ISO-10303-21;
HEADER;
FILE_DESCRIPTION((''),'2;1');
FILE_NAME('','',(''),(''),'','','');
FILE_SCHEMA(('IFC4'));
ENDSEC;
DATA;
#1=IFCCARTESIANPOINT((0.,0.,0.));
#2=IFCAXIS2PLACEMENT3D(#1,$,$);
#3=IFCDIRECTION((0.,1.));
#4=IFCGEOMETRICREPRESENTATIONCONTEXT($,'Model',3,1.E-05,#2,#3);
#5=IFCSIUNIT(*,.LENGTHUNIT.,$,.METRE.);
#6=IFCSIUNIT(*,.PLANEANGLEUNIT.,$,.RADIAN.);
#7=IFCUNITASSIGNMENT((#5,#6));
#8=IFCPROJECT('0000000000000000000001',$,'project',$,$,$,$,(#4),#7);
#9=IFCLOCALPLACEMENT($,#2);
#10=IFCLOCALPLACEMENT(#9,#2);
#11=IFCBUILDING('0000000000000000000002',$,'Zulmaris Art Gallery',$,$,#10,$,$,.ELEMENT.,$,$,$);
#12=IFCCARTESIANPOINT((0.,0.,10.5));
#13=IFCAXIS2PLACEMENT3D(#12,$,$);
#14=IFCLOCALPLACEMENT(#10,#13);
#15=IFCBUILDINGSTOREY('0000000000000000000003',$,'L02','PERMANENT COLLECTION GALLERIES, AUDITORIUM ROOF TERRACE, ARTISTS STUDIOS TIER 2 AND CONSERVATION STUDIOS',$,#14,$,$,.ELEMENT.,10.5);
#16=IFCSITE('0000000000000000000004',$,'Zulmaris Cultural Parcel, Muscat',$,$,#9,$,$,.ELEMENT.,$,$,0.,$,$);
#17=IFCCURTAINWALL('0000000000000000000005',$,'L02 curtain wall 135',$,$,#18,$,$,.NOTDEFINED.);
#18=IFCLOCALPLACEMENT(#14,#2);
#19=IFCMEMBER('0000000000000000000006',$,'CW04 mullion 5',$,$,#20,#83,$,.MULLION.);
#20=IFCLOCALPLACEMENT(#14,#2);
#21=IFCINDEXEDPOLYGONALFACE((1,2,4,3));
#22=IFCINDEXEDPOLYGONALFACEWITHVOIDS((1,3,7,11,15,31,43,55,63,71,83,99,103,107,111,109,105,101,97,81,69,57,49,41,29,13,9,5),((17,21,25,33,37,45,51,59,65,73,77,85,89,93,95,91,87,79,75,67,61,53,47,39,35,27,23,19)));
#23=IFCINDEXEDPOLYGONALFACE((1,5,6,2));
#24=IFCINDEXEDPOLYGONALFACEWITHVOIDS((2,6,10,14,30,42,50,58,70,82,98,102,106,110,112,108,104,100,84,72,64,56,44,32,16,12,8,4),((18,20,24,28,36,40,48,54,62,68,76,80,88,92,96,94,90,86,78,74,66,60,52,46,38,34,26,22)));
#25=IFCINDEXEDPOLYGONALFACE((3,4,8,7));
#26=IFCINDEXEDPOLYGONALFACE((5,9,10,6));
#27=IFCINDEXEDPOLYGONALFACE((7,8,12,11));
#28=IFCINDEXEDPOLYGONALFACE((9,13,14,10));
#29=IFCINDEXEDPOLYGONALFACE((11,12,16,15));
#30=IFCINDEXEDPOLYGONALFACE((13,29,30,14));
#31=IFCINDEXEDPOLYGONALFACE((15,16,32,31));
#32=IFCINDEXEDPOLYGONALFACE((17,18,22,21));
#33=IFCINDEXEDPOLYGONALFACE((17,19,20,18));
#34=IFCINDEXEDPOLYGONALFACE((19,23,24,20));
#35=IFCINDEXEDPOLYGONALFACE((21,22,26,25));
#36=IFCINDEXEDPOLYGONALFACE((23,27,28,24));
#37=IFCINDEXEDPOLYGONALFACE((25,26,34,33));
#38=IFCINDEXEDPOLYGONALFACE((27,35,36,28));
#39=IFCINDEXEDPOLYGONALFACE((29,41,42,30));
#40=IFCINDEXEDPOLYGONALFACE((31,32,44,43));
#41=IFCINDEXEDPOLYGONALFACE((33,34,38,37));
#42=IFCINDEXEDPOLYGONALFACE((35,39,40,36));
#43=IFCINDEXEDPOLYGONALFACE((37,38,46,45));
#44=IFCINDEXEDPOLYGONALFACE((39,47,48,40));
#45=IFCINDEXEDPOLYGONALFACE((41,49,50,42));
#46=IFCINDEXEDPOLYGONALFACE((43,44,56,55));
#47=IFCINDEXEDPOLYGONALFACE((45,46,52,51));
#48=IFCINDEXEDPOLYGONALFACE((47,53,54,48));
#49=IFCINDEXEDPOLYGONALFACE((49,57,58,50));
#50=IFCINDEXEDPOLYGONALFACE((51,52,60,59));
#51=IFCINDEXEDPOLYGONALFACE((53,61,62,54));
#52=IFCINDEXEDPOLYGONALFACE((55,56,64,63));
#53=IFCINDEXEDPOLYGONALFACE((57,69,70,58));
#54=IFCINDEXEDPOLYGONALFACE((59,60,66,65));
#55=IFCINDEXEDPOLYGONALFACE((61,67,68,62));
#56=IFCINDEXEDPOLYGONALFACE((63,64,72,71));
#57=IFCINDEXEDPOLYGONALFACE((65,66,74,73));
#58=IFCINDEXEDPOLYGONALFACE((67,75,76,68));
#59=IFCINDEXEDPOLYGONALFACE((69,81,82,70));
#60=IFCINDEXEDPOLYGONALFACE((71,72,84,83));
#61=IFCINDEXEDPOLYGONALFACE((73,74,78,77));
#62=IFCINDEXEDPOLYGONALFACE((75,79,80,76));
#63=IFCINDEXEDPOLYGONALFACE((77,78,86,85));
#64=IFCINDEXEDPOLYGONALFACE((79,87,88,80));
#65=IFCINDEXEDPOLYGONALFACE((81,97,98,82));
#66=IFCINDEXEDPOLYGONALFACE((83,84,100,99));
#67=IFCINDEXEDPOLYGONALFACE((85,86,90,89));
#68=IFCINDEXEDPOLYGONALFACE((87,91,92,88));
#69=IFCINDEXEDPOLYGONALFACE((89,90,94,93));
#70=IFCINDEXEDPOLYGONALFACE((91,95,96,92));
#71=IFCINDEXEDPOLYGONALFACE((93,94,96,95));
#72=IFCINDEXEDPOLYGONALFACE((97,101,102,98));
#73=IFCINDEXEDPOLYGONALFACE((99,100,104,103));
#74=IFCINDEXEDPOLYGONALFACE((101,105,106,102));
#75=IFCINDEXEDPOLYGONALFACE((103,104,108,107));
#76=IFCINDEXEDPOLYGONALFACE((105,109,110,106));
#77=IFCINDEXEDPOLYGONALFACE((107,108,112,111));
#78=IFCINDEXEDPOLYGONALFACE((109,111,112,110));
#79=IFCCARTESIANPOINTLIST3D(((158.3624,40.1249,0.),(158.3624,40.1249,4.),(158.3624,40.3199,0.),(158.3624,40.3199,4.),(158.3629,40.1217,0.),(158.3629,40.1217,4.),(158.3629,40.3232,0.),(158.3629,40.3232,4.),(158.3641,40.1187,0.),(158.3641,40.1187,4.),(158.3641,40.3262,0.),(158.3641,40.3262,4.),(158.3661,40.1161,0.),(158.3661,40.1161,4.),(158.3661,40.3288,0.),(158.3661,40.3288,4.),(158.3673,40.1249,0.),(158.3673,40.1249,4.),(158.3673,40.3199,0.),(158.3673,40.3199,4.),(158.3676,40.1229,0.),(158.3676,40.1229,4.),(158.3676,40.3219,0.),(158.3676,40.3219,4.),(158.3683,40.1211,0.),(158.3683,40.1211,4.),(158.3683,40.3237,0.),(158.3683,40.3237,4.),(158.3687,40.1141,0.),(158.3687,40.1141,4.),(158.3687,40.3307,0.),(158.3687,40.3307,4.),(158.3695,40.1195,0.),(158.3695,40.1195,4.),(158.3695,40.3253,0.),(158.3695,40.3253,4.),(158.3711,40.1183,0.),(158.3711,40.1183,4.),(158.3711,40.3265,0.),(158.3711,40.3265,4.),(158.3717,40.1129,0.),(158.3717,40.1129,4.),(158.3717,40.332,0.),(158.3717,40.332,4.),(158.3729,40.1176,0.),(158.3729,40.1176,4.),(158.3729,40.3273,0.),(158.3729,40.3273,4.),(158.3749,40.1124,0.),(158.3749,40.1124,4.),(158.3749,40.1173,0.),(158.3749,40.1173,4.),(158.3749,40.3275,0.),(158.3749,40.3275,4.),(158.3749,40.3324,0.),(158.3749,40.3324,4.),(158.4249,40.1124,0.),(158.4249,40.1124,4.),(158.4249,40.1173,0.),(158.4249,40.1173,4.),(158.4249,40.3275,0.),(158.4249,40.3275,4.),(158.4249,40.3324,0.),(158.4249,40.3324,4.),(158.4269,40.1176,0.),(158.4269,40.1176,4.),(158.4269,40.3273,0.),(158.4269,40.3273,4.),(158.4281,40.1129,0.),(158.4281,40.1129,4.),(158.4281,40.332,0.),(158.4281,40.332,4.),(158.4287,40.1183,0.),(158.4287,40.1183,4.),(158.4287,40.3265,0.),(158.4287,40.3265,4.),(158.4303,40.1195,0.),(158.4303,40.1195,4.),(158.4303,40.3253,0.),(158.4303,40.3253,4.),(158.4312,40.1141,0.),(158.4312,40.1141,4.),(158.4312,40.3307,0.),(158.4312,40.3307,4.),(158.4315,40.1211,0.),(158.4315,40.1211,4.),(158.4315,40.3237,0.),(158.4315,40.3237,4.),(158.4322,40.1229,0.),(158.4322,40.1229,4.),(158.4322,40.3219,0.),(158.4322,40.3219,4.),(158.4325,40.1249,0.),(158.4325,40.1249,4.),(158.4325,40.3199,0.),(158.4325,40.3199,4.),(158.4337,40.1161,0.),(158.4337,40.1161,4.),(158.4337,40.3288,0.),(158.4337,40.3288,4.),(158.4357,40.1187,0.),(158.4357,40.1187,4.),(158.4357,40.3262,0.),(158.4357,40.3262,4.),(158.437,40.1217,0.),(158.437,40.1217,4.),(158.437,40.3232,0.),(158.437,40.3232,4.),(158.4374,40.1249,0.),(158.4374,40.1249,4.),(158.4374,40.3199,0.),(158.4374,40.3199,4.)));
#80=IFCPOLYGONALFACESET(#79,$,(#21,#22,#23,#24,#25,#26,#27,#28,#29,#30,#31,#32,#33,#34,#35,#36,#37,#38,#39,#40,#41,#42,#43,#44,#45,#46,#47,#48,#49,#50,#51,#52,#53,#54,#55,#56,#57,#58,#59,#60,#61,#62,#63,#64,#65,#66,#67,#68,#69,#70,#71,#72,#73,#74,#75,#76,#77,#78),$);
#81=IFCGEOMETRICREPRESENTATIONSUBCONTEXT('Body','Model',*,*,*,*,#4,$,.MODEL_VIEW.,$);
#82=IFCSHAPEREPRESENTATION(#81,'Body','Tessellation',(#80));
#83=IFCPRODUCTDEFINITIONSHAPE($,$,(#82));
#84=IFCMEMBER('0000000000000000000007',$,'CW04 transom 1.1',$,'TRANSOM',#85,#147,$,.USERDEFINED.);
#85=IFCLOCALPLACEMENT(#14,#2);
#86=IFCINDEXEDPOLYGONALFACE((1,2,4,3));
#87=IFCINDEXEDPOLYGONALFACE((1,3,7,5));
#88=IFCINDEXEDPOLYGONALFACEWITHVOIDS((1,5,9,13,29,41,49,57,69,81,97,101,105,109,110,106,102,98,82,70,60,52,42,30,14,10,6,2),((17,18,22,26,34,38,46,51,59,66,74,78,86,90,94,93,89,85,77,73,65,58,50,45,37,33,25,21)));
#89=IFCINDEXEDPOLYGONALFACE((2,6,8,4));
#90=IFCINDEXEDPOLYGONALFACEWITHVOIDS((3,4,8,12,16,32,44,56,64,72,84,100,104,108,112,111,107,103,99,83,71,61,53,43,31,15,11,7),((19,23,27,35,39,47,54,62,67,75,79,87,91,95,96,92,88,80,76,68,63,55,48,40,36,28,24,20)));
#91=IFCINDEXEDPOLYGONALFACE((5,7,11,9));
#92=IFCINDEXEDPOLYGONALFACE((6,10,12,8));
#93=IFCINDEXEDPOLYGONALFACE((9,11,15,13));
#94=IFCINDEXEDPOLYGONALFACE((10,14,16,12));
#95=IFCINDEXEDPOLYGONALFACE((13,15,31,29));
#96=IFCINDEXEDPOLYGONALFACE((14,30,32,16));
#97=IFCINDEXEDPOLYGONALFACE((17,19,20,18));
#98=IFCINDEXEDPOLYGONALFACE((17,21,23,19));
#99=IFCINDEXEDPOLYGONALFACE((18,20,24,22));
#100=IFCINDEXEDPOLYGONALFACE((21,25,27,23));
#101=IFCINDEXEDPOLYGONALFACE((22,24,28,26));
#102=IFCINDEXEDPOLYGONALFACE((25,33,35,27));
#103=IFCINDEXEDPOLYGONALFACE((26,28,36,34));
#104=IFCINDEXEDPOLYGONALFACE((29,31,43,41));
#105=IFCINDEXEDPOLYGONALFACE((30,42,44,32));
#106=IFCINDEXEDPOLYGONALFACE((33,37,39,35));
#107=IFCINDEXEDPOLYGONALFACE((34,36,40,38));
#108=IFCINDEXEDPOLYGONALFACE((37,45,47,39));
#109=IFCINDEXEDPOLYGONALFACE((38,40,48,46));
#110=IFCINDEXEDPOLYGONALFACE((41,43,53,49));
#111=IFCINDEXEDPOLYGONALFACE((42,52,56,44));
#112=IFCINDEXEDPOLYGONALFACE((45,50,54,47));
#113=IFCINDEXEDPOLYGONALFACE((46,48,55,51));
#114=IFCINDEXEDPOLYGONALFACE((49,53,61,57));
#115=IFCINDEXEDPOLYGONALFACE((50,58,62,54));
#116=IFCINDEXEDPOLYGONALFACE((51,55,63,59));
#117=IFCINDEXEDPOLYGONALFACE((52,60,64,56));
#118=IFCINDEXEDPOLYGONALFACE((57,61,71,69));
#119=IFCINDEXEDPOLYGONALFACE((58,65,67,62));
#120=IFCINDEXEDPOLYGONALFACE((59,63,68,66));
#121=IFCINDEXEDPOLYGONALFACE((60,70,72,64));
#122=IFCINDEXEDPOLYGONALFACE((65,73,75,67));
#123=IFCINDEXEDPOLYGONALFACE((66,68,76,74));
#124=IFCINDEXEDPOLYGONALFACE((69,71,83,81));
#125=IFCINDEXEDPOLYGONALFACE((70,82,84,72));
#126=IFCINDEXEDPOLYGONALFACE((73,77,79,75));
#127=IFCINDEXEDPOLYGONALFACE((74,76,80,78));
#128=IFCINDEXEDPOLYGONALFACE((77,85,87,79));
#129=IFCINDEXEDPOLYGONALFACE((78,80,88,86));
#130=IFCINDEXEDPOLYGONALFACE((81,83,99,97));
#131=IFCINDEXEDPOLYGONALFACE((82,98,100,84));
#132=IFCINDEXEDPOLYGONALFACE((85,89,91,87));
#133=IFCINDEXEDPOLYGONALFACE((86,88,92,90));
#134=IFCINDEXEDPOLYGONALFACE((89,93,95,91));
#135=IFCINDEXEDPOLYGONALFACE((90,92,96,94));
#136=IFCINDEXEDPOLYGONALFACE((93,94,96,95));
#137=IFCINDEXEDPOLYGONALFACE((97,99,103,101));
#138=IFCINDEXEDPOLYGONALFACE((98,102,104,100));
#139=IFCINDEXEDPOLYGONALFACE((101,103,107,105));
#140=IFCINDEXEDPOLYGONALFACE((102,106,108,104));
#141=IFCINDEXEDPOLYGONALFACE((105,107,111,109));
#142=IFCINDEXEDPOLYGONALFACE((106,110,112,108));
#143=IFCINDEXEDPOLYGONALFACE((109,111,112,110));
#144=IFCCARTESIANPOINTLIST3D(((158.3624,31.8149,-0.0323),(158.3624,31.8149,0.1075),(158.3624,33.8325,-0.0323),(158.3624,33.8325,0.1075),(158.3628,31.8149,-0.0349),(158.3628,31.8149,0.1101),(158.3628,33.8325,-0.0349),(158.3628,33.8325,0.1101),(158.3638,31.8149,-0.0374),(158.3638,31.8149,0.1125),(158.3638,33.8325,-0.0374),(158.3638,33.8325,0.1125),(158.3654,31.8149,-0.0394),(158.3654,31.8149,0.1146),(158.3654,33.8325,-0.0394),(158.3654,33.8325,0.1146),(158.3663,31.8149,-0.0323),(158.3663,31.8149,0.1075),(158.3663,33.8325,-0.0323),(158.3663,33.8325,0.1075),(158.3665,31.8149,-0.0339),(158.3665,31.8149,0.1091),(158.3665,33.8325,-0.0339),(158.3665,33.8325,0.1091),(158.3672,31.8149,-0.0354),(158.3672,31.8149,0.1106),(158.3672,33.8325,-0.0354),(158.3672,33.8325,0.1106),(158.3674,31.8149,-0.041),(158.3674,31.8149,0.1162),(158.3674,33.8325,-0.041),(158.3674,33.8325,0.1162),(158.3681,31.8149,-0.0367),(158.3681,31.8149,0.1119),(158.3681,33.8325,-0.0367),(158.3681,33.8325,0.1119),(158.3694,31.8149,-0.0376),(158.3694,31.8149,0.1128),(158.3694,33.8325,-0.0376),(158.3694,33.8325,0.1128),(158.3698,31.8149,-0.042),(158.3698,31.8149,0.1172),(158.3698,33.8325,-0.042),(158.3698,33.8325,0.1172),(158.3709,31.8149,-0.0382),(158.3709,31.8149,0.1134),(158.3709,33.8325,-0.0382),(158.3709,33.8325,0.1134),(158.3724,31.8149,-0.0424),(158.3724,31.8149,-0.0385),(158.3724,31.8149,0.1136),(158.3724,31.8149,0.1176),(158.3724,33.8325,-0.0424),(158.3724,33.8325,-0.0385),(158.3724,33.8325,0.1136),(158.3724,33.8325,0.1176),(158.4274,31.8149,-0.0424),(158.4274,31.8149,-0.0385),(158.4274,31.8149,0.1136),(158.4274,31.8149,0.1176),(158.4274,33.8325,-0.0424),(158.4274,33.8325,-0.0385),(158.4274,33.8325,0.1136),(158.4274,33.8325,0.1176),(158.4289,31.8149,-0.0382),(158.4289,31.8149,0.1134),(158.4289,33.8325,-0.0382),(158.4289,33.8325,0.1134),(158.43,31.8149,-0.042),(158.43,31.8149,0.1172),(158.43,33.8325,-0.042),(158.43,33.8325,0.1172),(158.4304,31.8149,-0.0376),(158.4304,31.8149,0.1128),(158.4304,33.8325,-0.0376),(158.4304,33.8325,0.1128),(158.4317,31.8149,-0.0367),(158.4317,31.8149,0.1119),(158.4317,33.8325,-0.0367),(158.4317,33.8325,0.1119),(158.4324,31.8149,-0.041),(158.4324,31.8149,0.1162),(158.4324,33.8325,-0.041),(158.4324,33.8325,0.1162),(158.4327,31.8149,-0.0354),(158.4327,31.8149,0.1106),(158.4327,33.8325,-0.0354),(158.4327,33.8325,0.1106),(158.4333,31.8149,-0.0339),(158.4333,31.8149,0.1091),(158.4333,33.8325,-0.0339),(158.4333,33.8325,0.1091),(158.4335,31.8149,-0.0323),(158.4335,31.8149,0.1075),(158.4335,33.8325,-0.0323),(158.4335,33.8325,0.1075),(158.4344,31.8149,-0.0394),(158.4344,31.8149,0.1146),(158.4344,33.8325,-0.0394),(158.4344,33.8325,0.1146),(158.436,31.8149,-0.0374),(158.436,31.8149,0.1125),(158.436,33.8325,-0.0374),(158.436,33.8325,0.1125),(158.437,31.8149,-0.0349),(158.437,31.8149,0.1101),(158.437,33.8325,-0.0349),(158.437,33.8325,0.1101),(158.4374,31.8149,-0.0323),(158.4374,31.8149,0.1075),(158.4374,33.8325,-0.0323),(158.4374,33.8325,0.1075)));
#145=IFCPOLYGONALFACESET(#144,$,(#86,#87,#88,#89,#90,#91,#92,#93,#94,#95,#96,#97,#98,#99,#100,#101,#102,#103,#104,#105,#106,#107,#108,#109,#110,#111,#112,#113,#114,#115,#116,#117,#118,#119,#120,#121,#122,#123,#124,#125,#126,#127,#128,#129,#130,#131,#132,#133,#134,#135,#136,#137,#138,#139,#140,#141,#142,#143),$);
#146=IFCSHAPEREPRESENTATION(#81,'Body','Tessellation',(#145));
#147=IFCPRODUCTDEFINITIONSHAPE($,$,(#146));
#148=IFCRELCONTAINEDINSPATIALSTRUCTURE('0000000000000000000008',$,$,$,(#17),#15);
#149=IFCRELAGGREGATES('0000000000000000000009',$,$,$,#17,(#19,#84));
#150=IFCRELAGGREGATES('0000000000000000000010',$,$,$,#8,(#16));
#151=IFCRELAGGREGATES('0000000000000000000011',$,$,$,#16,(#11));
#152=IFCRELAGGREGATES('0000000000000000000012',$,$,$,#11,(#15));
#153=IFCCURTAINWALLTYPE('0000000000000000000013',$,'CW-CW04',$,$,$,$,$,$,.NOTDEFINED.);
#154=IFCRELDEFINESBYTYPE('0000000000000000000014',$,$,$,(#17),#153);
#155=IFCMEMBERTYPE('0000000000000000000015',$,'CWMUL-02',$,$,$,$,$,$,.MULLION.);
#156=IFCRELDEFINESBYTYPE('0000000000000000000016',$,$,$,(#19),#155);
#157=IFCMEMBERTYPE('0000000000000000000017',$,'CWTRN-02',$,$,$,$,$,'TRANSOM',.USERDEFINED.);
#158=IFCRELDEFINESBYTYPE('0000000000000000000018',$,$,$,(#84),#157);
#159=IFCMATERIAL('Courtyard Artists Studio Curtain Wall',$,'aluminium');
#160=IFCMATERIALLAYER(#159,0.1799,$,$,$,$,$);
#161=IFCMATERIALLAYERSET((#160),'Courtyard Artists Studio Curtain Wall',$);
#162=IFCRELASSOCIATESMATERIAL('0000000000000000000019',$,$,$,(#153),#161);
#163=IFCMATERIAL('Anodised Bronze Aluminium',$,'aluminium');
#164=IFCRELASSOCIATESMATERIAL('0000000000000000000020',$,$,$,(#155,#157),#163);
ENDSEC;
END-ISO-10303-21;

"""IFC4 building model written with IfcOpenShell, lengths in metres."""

from ifc_helpers import new_model, si_unit, direction, frame, origin, origin_2d, place, context, subcontext, project, spatial, hollow_rectangle, extrude, material, layer, layer_set, material_profile, profile_set, type_object, element, aggregate, save


model = new_model("IFC4")

# Units and contexts
model_context = context("Model", 3, precision=1e-05, world=origin(), true_north=direction((0.0, 1.0)))
body_context = subcontext(model_context, "Body", "Model", "MODEL_VIEW")
ifc_project = project(units=[si_unit("LENGTHUNIT", "METRE"), si_unit("PLANEANGLEUNIT", "RADIAN")], contexts=[model_context])

# Site, building, storey
site_placement = place(None, origin())
site = spatial("IfcSite", under=ifc_project, at=site_placement, Name="Zulmaris Cultural Parcel, Muscat", CompositionType="ELEMENT", RefElevation=0.0)
building_placement = place(site_placement, origin())
building = spatial("IfcBuilding", under=site, at=building_placement, Name="Zulmaris Art Gallery", CompositionType="ELEMENT")
storey_placement = place(building_placement, frame((0.0, 0.0, 10.5)))
storey = spatial("IfcBuildingStorey", under=building, at=storey_placement, Name="L02", Description="PERMANENT COLLECTION GALLERIES, AUDITORIUM ROOF TERRACE, ARTISTS STUDIOS TIER 2 AND CONSERVATION STUDIOS", CompositionType="ELEMENT", Elevation=10.5)

# Curtain wall, members
ifc_material_1 = material(Name="Courtyard Artists Studio Curtain Wall", Category="aluminium")
ifc_layer_1 = layer(ifc_material_1, 0.1799)
ifc_layer_set_1 = layer_set([ifc_layer_1], Name="Courtyard Artists Studio Curtain Wall")
curtain_wall_type = type_object("IfcCurtainWallType", Name="CW-CW04", PredefinedType="NOTDEFINED", material=ifc_layer_set_1)
curtain_wall_placement = place(storey_placement, origin())
curtain_wall = element("IfcCurtainWall", 1, at=curtain_wall_placement, inside=storey, type_object=curtain_wall_type, Name="L02 curtain wall 135", PredefinedType="NOTDEFINED")
ifc_material_2 = material(Name="Anodised Bronze Aluminium", Category="aluminium")
ifc_material_profile_1 = material_profile(ifc_material_2, hollow_rectangle(XDim=0.075, YDim=0.22, WallThickness=0.0049, InnerFilletRadius=0.0076, OuterFilletRadius=0.0125, at=origin_2d()), Name="ALU 75x220x5")
ifc_profile_set_1 = profile_set([ifc_material_profile_1], Name="Anodised Bronze Aluminium")
member_type_1 = type_object("IfcMemberType", Name="CWMUL-02", PredefinedType="MULLION", material=ifc_profile_set_1)
member_1_placement = place(storey_placement, frame((158.3999, 40.2224, 0.0), z_axis=(0.0, 0.0, 1.0), x_axis=(-1.0, 0.0, 0.0)))
member_1 = element("IfcMember", 2, at=member_1_placement, type_object=member_type_1, Name="CW04 mullion 5", PredefinedType="MULLION", context=body_context, shape_type="SweptSolid", body=[
    extrude(hollow_rectangle(XDim=0.075, YDim=0.22, WallThickness=0.0049, InnerFilletRadius=0.0076, OuterFilletRadius=0.0125, at=origin_2d()), origin(), (0.0, 0.0, 1.0), 4.0),
])
ifc_material_profile_2 = material_profile(ifc_material_2, hollow_rectangle(XDim=0.075, YDim=0.1599, WallThickness=0.0039, InnerFilletRadius=0.0061, OuterFilletRadius=0.01, at=origin_2d()), Name="ALU 75x160x4")
ifc_profile_set_2 = profile_set([ifc_material_profile_2], Name="Anodised Bronze Aluminium")
member_type_2 = type_object("IfcMemberType", Name="CWTRN-02", ElementType="TRANSOM", PredefinedType="USERDEFINED", material=ifc_profile_set_2)
member_2_placement = place(storey_placement, frame((158.3999, 31.8149, 0.0376), z_axis=(0.0, 1.0, 0.0), x_axis=(-1.0, 0.0, 0.0)))
member_2 = element("IfcMember", 3, at=member_2_placement, type_object=member_type_2, Name="CW04 transom 1.1", ObjectType="TRANSOM", PredefinedType="USERDEFINED", context=body_context, shape_type="SweptSolid", body=[
    extrude(hollow_rectangle(XDim=0.075, YDim=0.1599, WallThickness=0.0039, InnerFilletRadius=0.0061, OuterFilletRadius=0.01, at=origin_2d()), origin(), (0.0, 0.0, 1.0), 2.0176),
])
aggregate(curtain_wall, [member_1, member_2])

save(model, "model.ifc")
